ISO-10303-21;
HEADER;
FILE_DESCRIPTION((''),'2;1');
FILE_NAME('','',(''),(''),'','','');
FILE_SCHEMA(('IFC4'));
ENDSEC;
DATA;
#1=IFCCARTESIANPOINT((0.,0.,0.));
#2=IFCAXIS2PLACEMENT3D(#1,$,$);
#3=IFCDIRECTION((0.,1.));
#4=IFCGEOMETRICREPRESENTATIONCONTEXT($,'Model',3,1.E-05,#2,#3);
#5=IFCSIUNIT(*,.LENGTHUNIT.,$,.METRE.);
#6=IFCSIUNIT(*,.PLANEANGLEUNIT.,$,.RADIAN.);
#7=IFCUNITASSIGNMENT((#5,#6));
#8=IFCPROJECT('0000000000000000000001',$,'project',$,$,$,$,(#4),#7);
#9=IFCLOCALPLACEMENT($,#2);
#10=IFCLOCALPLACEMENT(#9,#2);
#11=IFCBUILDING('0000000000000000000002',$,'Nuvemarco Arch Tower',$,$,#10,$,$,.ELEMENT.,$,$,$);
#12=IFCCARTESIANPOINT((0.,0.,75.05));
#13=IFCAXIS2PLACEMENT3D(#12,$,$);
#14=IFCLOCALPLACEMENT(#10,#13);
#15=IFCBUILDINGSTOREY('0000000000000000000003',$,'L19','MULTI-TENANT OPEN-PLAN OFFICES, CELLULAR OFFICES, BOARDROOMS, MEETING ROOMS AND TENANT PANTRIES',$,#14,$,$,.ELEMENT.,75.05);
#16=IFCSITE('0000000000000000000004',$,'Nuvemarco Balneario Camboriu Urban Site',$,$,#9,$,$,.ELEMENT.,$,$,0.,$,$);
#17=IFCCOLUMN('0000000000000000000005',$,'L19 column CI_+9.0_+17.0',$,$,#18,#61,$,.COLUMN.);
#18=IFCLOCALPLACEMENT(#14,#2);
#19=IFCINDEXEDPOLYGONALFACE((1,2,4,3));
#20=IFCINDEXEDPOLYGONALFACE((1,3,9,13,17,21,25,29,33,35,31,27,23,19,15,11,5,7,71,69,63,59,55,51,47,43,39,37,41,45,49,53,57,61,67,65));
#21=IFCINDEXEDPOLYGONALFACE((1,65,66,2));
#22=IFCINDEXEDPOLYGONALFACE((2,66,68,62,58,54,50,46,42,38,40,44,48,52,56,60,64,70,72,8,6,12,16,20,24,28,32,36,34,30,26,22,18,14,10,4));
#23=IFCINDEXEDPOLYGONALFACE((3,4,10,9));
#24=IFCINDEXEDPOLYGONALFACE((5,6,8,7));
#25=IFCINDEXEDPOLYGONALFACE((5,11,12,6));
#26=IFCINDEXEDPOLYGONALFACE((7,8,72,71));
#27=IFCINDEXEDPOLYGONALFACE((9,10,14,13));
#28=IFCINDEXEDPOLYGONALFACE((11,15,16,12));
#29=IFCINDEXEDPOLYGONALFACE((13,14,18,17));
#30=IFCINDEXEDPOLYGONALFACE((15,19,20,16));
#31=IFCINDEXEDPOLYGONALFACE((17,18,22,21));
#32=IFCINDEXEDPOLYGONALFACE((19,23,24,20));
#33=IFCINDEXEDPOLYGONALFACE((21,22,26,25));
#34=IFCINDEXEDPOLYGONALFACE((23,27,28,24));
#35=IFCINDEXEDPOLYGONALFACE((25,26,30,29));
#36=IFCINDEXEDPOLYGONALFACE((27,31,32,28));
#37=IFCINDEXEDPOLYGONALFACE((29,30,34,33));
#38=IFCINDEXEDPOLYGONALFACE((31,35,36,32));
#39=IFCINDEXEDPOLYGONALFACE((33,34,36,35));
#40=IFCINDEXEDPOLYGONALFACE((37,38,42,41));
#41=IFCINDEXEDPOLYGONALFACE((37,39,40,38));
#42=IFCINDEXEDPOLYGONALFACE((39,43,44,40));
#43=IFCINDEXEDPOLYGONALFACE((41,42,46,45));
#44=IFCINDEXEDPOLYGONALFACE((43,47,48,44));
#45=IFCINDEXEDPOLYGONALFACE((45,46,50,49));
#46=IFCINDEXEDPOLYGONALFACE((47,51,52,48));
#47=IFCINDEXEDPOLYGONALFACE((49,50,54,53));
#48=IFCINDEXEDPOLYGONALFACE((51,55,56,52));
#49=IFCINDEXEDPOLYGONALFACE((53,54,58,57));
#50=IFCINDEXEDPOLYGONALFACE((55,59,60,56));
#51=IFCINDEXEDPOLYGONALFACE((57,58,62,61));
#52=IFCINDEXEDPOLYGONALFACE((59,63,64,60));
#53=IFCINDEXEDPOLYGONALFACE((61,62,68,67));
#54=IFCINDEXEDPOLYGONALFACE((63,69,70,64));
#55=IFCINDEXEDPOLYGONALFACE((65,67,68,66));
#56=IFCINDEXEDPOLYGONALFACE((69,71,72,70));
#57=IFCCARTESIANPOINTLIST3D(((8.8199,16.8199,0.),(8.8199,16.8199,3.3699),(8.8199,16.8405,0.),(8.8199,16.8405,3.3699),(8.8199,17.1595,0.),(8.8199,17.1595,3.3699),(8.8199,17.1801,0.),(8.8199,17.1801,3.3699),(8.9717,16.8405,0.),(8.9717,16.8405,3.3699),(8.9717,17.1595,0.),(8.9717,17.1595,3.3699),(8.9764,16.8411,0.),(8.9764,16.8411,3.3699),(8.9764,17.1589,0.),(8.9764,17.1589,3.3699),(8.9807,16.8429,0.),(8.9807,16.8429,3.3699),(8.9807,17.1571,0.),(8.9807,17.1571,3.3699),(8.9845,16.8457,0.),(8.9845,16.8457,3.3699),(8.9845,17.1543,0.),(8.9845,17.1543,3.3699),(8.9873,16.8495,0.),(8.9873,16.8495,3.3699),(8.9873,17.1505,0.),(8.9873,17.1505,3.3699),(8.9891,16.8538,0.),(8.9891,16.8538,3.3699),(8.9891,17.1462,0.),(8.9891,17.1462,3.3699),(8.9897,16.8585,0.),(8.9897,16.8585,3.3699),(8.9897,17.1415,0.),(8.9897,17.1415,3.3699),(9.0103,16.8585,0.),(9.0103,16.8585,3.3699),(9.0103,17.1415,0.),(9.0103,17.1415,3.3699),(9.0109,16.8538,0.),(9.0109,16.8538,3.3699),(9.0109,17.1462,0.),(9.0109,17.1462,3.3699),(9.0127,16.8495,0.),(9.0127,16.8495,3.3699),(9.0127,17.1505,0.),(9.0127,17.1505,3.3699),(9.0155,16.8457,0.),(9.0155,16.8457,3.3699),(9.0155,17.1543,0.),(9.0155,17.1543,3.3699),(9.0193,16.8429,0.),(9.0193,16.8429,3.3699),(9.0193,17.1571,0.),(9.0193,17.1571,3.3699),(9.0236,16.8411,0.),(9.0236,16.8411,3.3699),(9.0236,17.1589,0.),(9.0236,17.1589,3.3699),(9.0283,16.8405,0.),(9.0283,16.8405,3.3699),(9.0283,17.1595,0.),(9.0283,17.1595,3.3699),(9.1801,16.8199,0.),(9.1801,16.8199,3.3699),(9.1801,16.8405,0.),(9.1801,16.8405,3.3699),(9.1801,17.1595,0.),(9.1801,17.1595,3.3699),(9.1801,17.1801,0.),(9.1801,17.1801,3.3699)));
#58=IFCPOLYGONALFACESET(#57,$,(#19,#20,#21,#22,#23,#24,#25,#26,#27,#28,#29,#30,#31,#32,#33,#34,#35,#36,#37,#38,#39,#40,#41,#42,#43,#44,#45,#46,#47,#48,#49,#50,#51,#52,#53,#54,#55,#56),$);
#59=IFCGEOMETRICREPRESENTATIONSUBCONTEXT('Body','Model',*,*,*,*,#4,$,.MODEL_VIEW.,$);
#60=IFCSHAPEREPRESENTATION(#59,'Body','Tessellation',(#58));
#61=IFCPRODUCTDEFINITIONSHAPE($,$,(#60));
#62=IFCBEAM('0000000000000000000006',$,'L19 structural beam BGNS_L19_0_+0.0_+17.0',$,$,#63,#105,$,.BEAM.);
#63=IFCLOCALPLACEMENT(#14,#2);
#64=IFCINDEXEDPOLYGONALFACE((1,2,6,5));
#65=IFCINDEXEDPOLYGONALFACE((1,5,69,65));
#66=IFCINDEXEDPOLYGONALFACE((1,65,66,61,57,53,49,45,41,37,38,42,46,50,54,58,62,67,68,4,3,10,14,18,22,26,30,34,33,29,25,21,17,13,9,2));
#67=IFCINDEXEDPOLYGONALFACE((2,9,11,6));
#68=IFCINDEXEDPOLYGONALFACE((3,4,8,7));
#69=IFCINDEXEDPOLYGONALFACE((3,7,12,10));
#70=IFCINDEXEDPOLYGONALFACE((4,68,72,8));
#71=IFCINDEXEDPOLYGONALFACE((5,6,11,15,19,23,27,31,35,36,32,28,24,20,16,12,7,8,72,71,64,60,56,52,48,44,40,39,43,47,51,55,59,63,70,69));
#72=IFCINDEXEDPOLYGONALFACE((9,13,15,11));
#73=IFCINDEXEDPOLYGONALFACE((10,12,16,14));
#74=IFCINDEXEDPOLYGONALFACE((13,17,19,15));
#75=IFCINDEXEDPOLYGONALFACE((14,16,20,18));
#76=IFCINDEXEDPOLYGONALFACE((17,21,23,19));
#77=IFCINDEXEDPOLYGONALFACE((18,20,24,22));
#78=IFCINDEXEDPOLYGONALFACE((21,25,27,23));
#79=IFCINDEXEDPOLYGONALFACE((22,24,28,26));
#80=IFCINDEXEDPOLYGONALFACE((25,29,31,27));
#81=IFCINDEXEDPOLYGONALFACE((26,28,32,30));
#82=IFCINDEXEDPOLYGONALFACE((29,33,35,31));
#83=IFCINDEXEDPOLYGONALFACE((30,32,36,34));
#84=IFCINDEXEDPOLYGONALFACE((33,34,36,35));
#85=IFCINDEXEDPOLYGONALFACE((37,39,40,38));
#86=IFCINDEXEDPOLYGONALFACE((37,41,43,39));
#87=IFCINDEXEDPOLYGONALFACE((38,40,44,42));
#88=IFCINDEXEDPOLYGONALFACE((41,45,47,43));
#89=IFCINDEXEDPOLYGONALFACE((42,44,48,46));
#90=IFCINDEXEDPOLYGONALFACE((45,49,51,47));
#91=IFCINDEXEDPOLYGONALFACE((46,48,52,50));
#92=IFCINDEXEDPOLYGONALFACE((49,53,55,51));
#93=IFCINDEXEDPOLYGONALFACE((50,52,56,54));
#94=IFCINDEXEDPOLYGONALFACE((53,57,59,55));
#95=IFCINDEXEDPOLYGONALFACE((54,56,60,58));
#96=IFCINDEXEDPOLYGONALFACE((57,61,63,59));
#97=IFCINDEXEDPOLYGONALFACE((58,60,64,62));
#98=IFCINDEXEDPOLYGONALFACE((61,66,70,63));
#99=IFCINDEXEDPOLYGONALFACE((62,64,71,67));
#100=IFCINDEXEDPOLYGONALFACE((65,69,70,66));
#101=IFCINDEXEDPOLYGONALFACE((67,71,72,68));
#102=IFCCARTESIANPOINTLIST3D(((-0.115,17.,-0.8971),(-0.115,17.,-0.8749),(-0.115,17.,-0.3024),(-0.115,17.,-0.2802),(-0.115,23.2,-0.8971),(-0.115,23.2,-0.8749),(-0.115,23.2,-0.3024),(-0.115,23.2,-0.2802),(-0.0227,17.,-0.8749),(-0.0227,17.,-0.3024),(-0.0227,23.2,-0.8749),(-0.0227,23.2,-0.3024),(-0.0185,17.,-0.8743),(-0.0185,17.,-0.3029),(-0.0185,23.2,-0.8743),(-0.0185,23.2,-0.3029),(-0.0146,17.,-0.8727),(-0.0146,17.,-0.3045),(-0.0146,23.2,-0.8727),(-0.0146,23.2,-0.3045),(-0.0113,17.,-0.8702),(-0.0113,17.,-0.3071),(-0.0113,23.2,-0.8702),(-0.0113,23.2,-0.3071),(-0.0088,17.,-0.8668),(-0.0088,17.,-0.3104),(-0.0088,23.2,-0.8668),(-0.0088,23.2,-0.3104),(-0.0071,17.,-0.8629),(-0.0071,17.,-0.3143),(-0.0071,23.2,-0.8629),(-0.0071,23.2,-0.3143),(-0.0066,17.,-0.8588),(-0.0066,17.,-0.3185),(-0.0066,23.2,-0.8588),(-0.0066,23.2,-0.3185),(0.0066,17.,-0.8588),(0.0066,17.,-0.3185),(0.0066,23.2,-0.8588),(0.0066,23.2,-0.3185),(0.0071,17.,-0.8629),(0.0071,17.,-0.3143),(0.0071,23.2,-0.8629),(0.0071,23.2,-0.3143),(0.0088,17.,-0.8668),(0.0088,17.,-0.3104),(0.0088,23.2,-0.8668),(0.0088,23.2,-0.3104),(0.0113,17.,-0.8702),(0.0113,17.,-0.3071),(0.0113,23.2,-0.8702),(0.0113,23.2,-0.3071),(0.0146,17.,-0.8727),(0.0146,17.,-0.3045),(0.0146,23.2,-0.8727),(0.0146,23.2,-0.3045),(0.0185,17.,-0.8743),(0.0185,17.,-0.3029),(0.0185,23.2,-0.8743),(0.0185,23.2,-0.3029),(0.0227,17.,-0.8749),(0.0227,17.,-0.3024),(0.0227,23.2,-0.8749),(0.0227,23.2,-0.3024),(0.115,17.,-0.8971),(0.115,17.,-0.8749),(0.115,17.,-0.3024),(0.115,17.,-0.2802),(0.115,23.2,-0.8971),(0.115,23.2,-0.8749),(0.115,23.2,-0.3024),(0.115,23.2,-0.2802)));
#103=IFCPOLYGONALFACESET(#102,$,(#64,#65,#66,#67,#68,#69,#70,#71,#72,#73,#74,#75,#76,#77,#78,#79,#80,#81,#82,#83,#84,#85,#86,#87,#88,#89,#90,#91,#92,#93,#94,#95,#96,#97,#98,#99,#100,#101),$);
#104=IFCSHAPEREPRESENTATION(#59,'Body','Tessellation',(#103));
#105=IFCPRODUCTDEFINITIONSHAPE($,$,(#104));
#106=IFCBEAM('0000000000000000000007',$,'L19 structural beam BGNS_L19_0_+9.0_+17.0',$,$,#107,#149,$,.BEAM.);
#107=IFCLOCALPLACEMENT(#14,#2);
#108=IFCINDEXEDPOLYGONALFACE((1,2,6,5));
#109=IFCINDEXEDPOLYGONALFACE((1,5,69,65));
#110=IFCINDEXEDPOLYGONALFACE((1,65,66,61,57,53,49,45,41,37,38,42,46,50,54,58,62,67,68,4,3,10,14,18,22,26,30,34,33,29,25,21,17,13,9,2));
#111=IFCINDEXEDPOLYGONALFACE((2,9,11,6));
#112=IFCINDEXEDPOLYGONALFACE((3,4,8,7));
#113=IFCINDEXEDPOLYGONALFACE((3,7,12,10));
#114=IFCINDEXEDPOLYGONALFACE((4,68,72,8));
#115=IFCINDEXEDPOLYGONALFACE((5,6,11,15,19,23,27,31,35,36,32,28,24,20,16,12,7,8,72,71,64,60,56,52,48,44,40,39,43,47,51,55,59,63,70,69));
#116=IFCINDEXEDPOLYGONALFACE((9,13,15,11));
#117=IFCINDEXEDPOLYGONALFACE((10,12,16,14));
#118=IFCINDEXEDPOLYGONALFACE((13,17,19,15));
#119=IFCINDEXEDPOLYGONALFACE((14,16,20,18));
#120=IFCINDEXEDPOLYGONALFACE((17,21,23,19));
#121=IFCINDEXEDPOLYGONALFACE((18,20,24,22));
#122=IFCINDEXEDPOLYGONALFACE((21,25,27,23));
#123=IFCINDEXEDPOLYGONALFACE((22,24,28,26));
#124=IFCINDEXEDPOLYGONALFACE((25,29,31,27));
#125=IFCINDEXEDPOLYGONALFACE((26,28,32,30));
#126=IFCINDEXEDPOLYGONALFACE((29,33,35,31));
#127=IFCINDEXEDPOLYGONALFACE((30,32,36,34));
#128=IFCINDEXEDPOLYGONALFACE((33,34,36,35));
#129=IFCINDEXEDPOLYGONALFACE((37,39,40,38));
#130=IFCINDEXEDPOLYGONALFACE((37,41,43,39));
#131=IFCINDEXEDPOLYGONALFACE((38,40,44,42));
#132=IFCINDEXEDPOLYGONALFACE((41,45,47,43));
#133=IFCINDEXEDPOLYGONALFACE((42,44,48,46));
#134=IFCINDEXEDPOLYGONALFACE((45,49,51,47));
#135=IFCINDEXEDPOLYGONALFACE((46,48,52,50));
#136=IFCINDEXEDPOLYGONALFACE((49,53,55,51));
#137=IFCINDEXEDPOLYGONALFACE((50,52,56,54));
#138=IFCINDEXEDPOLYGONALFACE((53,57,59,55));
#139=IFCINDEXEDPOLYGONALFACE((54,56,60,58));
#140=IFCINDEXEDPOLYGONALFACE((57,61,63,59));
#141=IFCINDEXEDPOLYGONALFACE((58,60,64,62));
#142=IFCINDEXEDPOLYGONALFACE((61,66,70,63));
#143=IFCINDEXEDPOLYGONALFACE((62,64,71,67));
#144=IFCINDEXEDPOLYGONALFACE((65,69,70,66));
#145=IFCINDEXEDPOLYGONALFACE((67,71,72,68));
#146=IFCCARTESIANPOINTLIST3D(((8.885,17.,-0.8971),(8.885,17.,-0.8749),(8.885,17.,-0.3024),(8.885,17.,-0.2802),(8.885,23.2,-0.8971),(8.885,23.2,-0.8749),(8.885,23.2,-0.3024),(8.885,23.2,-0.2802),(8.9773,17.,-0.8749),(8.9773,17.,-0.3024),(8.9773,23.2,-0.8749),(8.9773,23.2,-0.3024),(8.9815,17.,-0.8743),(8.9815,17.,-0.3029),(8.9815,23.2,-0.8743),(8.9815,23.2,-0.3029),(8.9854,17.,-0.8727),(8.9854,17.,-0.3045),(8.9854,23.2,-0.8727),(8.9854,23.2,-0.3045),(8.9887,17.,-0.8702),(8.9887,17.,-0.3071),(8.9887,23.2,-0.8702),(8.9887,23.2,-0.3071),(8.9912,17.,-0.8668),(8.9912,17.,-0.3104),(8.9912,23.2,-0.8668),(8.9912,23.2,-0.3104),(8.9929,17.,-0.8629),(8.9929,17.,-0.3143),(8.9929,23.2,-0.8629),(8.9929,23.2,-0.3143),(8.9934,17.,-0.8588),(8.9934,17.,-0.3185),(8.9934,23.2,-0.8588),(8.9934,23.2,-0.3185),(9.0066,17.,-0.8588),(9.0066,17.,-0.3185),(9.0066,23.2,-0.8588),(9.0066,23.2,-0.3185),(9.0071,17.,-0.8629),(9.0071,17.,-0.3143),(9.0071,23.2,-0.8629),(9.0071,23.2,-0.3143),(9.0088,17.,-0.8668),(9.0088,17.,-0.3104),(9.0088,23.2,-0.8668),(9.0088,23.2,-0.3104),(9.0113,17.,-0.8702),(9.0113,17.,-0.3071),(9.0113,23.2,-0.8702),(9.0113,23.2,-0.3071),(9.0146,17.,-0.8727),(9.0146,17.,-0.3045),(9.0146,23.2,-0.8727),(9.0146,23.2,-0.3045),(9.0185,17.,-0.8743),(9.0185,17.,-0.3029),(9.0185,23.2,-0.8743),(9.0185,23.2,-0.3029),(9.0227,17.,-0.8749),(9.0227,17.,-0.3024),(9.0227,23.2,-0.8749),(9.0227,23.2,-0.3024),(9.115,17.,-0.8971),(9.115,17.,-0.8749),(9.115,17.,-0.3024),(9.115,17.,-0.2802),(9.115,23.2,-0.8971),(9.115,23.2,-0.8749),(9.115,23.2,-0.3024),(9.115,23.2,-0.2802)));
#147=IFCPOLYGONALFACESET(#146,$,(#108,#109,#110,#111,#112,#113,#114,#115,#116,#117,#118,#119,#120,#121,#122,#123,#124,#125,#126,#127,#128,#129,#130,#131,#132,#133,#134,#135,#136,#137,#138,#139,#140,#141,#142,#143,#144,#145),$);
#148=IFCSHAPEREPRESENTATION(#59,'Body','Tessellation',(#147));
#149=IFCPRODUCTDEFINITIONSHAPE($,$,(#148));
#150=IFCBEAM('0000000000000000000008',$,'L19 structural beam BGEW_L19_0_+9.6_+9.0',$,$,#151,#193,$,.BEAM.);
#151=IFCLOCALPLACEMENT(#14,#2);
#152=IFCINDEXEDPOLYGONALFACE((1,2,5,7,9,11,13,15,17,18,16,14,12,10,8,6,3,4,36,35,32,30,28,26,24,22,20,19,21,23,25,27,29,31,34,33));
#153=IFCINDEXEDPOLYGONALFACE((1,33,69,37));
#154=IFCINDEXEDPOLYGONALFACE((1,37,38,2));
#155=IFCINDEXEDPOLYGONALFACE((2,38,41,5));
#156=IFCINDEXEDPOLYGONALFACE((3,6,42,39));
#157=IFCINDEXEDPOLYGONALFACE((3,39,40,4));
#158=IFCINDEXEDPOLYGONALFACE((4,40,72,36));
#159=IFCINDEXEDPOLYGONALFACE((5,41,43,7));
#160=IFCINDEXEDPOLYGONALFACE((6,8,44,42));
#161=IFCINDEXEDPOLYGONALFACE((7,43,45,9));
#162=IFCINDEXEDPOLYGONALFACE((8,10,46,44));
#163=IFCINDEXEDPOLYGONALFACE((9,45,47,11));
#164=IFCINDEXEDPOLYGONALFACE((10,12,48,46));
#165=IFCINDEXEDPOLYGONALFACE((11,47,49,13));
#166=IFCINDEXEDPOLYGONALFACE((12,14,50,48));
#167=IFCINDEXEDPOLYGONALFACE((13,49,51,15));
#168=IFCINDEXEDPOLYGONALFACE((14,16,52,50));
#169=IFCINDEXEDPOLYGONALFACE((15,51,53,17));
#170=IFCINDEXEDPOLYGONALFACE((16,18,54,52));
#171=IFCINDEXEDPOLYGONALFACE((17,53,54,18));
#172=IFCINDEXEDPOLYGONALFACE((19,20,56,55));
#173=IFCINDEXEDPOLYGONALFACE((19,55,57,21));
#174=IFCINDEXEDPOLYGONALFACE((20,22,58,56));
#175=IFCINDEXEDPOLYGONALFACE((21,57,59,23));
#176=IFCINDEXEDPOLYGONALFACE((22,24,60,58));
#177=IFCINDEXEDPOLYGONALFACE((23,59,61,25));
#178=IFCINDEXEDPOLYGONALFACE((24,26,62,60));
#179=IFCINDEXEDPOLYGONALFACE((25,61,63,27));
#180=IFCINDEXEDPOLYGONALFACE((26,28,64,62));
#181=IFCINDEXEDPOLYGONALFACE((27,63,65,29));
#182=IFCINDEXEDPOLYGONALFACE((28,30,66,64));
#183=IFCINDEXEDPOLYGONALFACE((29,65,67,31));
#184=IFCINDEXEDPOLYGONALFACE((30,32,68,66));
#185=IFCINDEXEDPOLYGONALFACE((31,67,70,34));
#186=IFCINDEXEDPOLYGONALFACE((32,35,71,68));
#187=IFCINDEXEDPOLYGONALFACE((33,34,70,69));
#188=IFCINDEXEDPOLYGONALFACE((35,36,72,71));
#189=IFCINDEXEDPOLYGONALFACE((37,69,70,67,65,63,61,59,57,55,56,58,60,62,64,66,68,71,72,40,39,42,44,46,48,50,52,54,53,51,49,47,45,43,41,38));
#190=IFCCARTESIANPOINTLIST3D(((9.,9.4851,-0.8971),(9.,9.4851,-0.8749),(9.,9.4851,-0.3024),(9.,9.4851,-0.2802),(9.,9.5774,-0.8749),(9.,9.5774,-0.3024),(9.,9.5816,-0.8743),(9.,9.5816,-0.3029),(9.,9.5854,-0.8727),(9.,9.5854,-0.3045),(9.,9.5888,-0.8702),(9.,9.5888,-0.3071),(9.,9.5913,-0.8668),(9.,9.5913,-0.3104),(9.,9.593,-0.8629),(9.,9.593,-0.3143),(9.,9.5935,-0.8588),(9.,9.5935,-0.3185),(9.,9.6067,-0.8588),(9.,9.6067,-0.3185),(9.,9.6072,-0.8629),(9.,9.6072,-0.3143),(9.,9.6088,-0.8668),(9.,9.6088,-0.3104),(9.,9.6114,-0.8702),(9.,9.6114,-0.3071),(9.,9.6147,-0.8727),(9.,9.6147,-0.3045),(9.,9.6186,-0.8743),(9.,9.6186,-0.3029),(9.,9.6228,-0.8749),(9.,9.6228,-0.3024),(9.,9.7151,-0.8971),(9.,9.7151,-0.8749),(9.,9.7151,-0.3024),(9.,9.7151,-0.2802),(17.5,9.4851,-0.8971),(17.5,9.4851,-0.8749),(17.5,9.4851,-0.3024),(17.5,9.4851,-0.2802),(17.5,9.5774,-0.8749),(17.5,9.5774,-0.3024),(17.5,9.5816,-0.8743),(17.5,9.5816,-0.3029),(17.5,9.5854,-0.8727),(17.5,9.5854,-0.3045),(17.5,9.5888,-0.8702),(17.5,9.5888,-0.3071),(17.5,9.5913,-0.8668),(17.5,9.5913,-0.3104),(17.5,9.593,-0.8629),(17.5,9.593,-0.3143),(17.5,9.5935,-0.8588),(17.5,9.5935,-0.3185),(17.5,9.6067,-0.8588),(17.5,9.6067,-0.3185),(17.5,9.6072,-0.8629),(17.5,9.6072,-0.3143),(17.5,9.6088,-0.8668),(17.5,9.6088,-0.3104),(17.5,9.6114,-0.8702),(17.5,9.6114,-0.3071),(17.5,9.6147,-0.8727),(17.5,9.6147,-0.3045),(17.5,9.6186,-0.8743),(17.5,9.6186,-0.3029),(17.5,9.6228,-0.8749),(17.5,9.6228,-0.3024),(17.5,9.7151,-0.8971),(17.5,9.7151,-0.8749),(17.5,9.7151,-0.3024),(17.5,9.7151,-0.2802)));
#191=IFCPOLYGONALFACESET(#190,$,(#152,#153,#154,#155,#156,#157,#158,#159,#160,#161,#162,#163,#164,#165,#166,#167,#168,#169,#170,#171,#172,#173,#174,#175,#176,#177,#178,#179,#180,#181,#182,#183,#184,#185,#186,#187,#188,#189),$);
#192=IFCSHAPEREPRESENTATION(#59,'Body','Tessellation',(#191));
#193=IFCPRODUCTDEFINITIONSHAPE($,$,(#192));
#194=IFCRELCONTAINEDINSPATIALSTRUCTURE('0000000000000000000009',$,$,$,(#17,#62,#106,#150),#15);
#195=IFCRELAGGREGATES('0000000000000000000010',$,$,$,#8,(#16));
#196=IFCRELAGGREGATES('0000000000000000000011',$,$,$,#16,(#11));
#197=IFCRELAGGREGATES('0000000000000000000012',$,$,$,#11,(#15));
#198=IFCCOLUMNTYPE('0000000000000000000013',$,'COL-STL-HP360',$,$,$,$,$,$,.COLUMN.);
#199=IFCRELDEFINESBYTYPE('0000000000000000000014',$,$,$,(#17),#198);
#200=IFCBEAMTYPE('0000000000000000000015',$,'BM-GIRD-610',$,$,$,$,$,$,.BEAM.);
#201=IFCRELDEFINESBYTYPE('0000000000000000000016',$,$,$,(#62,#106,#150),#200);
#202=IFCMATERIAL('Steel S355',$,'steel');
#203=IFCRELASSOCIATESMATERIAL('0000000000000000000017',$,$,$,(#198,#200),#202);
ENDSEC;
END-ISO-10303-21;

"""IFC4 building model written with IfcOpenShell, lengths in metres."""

from ifc_helpers import new_model, si_unit, direction, frame, origin, origin_2d, place, context, subcontext, project, spatial, i_section, extrude, material, material_profile, profile_set, type_object, element, save


model = new_model("IFC4")

# Units and contexts
model_context = context("Model", 3, precision=1e-05, world=origin(), true_north=direction((0.0, 1.0)))
body_context = subcontext(model_context, "Body", "Model", "MODEL_VIEW")
ifc_project = project(units=[si_unit("LENGTHUNIT", "METRE"), si_unit("PLANEANGLEUNIT", "RADIAN")], contexts=[model_context])

# Site, building, storey
site_placement = place(None, origin())
site = spatial("IfcSite", under=ifc_project, at=site_placement, Name="Nuvemarco Balneario Camboriu Urban Site", CompositionType="ELEMENT", RefElevation=0.0)
building_placement = place(site_placement, origin())
building = spatial("IfcBuilding", under=site, at=building_placement, Name="Nuvemarco Arch Tower", CompositionType="ELEMENT")
storey_placement = place(building_placement, frame((0.0, 0.0, 75.05)))
storey = spatial("IfcBuildingStorey", under=building, at=storey_placement, Name="L19", Description="MULTI-TENANT OPEN-PLAN OFFICES, CELLULAR OFFICES, BOARDROOMS, MEETING ROOMS AND TENANT PANTRIES", CompositionType="ELEMENT", Elevation=75.05)

# Column
ifc_material_1 = material(Name="Steel S355", Category="steel")
ifc_material_profile_1 = material_profile(ifc_material_1, i_section(OverallWidth=0.3601, OverallDepth=0.3601, WebThickness=0.0205, FlangeThickness=0.0205, FilletRadius=0.0181, at=origin_2d()), Name="HP360x174")
ifc_profile_set_1 = profile_set([ifc_material_profile_1], Name="Steel S355")
column_type_1 = type_object("IfcColumnType", Name="COL-STL-HP360", PredefinedType="COLUMN", material=ifc_profile_set_1)
for number, where, z_axis, x_axis, name in (
    (1, (9.0, 17.0, 0.0), (0.0, 0.0, 1.0), (1.0, 0.0, 0.0), "L19 column CI_+9.0_+17.0"),
):
    element("IfcColumn", number, at=place(storey_placement, frame(where, z_axis=z_axis, x_axis=x_axis)), inside=storey, type_object=column_type_1, Name=name, PredefinedType="COLUMN", context=body_context, shape_type="SweptSolid", body=[
        extrude(i_section(OverallWidth=0.3601, OverallDepth=0.3601, WebThickness=0.0205, FlangeThickness=0.0205, FilletRadius=0.0181, at=origin_2d()), origin(), (0.0, 0.0, 1.0), 3.3699),
    ])

# Beams
ifc_material_profile_2 = material_profile(ifc_material_1, i_section(OverallWidth=0.23, OverallDepth=0.6169, WebThickness=0.0132, FlangeThickness=0.0222, FilletRadius=0.0161, at=origin_2d()), Name="W610x140")
ifc_profile_set_2 = profile_set([ifc_material_profile_2], Name="Steel S355")
beam_type_1 = type_object("IfcBeamType", Name="BM-GIRD-610", PredefinedType="BEAM", material=ifc_profile_set_2)
for number, where, z_axis, x_axis, name in (
    (2, (0.0, 17.0, -0.5886), (0.0, 1.0, 0.0), (-1.0, 0.0, 0.0), "L19 structural beam BGNS_L19_0_+0.0_+17.0"),
    (3, (9.0, 17.0, -0.5886), (0.0, 1.0, 0.0), (-1.0, 0.0, 0.0), "L19 structural beam BGNS_L19_0_+9.0_+17.0"),
):
    element("IfcBeam", number, at=place(storey_placement, frame(where, z_axis=z_axis, x_axis=x_axis)), inside=storey, type_object=beam_type_1, Name=name, PredefinedType="BEAM", context=body_context, shape_type="SweptSolid", body=[
        extrude(i_section(OverallWidth=0.23, OverallDepth=0.6169, WebThickness=0.0132, FlangeThickness=0.0222, FilletRadius=0.0161, at=origin_2d()), origin(), (0.0, 0.0, 1.0), 6.2),
    ])
beam_1_placement = place(storey_placement, frame((9.0, 9.6001, -0.5886), z_axis=(1.0, 0.0, 0.0), x_axis=(0.0, 1.0, 0.0)))
element("IfcBeam", 4, at=beam_1_placement, inside=storey, type_object=beam_type_1, Name="L19 structural beam BGEW_L19_0_+9.6_+9.0", PredefinedType="BEAM", context=body_context, shape_type="SweptSolid", body=[
    extrude(i_section(OverallWidth=0.23, OverallDepth=0.6169, WebThickness=0.0132, FlangeThickness=0.0222, FilletRadius=0.0161, at=origin_2d()), origin(), (0.0, 0.0, 1.0), 8.5),
])

save(model, "model.ifc")
